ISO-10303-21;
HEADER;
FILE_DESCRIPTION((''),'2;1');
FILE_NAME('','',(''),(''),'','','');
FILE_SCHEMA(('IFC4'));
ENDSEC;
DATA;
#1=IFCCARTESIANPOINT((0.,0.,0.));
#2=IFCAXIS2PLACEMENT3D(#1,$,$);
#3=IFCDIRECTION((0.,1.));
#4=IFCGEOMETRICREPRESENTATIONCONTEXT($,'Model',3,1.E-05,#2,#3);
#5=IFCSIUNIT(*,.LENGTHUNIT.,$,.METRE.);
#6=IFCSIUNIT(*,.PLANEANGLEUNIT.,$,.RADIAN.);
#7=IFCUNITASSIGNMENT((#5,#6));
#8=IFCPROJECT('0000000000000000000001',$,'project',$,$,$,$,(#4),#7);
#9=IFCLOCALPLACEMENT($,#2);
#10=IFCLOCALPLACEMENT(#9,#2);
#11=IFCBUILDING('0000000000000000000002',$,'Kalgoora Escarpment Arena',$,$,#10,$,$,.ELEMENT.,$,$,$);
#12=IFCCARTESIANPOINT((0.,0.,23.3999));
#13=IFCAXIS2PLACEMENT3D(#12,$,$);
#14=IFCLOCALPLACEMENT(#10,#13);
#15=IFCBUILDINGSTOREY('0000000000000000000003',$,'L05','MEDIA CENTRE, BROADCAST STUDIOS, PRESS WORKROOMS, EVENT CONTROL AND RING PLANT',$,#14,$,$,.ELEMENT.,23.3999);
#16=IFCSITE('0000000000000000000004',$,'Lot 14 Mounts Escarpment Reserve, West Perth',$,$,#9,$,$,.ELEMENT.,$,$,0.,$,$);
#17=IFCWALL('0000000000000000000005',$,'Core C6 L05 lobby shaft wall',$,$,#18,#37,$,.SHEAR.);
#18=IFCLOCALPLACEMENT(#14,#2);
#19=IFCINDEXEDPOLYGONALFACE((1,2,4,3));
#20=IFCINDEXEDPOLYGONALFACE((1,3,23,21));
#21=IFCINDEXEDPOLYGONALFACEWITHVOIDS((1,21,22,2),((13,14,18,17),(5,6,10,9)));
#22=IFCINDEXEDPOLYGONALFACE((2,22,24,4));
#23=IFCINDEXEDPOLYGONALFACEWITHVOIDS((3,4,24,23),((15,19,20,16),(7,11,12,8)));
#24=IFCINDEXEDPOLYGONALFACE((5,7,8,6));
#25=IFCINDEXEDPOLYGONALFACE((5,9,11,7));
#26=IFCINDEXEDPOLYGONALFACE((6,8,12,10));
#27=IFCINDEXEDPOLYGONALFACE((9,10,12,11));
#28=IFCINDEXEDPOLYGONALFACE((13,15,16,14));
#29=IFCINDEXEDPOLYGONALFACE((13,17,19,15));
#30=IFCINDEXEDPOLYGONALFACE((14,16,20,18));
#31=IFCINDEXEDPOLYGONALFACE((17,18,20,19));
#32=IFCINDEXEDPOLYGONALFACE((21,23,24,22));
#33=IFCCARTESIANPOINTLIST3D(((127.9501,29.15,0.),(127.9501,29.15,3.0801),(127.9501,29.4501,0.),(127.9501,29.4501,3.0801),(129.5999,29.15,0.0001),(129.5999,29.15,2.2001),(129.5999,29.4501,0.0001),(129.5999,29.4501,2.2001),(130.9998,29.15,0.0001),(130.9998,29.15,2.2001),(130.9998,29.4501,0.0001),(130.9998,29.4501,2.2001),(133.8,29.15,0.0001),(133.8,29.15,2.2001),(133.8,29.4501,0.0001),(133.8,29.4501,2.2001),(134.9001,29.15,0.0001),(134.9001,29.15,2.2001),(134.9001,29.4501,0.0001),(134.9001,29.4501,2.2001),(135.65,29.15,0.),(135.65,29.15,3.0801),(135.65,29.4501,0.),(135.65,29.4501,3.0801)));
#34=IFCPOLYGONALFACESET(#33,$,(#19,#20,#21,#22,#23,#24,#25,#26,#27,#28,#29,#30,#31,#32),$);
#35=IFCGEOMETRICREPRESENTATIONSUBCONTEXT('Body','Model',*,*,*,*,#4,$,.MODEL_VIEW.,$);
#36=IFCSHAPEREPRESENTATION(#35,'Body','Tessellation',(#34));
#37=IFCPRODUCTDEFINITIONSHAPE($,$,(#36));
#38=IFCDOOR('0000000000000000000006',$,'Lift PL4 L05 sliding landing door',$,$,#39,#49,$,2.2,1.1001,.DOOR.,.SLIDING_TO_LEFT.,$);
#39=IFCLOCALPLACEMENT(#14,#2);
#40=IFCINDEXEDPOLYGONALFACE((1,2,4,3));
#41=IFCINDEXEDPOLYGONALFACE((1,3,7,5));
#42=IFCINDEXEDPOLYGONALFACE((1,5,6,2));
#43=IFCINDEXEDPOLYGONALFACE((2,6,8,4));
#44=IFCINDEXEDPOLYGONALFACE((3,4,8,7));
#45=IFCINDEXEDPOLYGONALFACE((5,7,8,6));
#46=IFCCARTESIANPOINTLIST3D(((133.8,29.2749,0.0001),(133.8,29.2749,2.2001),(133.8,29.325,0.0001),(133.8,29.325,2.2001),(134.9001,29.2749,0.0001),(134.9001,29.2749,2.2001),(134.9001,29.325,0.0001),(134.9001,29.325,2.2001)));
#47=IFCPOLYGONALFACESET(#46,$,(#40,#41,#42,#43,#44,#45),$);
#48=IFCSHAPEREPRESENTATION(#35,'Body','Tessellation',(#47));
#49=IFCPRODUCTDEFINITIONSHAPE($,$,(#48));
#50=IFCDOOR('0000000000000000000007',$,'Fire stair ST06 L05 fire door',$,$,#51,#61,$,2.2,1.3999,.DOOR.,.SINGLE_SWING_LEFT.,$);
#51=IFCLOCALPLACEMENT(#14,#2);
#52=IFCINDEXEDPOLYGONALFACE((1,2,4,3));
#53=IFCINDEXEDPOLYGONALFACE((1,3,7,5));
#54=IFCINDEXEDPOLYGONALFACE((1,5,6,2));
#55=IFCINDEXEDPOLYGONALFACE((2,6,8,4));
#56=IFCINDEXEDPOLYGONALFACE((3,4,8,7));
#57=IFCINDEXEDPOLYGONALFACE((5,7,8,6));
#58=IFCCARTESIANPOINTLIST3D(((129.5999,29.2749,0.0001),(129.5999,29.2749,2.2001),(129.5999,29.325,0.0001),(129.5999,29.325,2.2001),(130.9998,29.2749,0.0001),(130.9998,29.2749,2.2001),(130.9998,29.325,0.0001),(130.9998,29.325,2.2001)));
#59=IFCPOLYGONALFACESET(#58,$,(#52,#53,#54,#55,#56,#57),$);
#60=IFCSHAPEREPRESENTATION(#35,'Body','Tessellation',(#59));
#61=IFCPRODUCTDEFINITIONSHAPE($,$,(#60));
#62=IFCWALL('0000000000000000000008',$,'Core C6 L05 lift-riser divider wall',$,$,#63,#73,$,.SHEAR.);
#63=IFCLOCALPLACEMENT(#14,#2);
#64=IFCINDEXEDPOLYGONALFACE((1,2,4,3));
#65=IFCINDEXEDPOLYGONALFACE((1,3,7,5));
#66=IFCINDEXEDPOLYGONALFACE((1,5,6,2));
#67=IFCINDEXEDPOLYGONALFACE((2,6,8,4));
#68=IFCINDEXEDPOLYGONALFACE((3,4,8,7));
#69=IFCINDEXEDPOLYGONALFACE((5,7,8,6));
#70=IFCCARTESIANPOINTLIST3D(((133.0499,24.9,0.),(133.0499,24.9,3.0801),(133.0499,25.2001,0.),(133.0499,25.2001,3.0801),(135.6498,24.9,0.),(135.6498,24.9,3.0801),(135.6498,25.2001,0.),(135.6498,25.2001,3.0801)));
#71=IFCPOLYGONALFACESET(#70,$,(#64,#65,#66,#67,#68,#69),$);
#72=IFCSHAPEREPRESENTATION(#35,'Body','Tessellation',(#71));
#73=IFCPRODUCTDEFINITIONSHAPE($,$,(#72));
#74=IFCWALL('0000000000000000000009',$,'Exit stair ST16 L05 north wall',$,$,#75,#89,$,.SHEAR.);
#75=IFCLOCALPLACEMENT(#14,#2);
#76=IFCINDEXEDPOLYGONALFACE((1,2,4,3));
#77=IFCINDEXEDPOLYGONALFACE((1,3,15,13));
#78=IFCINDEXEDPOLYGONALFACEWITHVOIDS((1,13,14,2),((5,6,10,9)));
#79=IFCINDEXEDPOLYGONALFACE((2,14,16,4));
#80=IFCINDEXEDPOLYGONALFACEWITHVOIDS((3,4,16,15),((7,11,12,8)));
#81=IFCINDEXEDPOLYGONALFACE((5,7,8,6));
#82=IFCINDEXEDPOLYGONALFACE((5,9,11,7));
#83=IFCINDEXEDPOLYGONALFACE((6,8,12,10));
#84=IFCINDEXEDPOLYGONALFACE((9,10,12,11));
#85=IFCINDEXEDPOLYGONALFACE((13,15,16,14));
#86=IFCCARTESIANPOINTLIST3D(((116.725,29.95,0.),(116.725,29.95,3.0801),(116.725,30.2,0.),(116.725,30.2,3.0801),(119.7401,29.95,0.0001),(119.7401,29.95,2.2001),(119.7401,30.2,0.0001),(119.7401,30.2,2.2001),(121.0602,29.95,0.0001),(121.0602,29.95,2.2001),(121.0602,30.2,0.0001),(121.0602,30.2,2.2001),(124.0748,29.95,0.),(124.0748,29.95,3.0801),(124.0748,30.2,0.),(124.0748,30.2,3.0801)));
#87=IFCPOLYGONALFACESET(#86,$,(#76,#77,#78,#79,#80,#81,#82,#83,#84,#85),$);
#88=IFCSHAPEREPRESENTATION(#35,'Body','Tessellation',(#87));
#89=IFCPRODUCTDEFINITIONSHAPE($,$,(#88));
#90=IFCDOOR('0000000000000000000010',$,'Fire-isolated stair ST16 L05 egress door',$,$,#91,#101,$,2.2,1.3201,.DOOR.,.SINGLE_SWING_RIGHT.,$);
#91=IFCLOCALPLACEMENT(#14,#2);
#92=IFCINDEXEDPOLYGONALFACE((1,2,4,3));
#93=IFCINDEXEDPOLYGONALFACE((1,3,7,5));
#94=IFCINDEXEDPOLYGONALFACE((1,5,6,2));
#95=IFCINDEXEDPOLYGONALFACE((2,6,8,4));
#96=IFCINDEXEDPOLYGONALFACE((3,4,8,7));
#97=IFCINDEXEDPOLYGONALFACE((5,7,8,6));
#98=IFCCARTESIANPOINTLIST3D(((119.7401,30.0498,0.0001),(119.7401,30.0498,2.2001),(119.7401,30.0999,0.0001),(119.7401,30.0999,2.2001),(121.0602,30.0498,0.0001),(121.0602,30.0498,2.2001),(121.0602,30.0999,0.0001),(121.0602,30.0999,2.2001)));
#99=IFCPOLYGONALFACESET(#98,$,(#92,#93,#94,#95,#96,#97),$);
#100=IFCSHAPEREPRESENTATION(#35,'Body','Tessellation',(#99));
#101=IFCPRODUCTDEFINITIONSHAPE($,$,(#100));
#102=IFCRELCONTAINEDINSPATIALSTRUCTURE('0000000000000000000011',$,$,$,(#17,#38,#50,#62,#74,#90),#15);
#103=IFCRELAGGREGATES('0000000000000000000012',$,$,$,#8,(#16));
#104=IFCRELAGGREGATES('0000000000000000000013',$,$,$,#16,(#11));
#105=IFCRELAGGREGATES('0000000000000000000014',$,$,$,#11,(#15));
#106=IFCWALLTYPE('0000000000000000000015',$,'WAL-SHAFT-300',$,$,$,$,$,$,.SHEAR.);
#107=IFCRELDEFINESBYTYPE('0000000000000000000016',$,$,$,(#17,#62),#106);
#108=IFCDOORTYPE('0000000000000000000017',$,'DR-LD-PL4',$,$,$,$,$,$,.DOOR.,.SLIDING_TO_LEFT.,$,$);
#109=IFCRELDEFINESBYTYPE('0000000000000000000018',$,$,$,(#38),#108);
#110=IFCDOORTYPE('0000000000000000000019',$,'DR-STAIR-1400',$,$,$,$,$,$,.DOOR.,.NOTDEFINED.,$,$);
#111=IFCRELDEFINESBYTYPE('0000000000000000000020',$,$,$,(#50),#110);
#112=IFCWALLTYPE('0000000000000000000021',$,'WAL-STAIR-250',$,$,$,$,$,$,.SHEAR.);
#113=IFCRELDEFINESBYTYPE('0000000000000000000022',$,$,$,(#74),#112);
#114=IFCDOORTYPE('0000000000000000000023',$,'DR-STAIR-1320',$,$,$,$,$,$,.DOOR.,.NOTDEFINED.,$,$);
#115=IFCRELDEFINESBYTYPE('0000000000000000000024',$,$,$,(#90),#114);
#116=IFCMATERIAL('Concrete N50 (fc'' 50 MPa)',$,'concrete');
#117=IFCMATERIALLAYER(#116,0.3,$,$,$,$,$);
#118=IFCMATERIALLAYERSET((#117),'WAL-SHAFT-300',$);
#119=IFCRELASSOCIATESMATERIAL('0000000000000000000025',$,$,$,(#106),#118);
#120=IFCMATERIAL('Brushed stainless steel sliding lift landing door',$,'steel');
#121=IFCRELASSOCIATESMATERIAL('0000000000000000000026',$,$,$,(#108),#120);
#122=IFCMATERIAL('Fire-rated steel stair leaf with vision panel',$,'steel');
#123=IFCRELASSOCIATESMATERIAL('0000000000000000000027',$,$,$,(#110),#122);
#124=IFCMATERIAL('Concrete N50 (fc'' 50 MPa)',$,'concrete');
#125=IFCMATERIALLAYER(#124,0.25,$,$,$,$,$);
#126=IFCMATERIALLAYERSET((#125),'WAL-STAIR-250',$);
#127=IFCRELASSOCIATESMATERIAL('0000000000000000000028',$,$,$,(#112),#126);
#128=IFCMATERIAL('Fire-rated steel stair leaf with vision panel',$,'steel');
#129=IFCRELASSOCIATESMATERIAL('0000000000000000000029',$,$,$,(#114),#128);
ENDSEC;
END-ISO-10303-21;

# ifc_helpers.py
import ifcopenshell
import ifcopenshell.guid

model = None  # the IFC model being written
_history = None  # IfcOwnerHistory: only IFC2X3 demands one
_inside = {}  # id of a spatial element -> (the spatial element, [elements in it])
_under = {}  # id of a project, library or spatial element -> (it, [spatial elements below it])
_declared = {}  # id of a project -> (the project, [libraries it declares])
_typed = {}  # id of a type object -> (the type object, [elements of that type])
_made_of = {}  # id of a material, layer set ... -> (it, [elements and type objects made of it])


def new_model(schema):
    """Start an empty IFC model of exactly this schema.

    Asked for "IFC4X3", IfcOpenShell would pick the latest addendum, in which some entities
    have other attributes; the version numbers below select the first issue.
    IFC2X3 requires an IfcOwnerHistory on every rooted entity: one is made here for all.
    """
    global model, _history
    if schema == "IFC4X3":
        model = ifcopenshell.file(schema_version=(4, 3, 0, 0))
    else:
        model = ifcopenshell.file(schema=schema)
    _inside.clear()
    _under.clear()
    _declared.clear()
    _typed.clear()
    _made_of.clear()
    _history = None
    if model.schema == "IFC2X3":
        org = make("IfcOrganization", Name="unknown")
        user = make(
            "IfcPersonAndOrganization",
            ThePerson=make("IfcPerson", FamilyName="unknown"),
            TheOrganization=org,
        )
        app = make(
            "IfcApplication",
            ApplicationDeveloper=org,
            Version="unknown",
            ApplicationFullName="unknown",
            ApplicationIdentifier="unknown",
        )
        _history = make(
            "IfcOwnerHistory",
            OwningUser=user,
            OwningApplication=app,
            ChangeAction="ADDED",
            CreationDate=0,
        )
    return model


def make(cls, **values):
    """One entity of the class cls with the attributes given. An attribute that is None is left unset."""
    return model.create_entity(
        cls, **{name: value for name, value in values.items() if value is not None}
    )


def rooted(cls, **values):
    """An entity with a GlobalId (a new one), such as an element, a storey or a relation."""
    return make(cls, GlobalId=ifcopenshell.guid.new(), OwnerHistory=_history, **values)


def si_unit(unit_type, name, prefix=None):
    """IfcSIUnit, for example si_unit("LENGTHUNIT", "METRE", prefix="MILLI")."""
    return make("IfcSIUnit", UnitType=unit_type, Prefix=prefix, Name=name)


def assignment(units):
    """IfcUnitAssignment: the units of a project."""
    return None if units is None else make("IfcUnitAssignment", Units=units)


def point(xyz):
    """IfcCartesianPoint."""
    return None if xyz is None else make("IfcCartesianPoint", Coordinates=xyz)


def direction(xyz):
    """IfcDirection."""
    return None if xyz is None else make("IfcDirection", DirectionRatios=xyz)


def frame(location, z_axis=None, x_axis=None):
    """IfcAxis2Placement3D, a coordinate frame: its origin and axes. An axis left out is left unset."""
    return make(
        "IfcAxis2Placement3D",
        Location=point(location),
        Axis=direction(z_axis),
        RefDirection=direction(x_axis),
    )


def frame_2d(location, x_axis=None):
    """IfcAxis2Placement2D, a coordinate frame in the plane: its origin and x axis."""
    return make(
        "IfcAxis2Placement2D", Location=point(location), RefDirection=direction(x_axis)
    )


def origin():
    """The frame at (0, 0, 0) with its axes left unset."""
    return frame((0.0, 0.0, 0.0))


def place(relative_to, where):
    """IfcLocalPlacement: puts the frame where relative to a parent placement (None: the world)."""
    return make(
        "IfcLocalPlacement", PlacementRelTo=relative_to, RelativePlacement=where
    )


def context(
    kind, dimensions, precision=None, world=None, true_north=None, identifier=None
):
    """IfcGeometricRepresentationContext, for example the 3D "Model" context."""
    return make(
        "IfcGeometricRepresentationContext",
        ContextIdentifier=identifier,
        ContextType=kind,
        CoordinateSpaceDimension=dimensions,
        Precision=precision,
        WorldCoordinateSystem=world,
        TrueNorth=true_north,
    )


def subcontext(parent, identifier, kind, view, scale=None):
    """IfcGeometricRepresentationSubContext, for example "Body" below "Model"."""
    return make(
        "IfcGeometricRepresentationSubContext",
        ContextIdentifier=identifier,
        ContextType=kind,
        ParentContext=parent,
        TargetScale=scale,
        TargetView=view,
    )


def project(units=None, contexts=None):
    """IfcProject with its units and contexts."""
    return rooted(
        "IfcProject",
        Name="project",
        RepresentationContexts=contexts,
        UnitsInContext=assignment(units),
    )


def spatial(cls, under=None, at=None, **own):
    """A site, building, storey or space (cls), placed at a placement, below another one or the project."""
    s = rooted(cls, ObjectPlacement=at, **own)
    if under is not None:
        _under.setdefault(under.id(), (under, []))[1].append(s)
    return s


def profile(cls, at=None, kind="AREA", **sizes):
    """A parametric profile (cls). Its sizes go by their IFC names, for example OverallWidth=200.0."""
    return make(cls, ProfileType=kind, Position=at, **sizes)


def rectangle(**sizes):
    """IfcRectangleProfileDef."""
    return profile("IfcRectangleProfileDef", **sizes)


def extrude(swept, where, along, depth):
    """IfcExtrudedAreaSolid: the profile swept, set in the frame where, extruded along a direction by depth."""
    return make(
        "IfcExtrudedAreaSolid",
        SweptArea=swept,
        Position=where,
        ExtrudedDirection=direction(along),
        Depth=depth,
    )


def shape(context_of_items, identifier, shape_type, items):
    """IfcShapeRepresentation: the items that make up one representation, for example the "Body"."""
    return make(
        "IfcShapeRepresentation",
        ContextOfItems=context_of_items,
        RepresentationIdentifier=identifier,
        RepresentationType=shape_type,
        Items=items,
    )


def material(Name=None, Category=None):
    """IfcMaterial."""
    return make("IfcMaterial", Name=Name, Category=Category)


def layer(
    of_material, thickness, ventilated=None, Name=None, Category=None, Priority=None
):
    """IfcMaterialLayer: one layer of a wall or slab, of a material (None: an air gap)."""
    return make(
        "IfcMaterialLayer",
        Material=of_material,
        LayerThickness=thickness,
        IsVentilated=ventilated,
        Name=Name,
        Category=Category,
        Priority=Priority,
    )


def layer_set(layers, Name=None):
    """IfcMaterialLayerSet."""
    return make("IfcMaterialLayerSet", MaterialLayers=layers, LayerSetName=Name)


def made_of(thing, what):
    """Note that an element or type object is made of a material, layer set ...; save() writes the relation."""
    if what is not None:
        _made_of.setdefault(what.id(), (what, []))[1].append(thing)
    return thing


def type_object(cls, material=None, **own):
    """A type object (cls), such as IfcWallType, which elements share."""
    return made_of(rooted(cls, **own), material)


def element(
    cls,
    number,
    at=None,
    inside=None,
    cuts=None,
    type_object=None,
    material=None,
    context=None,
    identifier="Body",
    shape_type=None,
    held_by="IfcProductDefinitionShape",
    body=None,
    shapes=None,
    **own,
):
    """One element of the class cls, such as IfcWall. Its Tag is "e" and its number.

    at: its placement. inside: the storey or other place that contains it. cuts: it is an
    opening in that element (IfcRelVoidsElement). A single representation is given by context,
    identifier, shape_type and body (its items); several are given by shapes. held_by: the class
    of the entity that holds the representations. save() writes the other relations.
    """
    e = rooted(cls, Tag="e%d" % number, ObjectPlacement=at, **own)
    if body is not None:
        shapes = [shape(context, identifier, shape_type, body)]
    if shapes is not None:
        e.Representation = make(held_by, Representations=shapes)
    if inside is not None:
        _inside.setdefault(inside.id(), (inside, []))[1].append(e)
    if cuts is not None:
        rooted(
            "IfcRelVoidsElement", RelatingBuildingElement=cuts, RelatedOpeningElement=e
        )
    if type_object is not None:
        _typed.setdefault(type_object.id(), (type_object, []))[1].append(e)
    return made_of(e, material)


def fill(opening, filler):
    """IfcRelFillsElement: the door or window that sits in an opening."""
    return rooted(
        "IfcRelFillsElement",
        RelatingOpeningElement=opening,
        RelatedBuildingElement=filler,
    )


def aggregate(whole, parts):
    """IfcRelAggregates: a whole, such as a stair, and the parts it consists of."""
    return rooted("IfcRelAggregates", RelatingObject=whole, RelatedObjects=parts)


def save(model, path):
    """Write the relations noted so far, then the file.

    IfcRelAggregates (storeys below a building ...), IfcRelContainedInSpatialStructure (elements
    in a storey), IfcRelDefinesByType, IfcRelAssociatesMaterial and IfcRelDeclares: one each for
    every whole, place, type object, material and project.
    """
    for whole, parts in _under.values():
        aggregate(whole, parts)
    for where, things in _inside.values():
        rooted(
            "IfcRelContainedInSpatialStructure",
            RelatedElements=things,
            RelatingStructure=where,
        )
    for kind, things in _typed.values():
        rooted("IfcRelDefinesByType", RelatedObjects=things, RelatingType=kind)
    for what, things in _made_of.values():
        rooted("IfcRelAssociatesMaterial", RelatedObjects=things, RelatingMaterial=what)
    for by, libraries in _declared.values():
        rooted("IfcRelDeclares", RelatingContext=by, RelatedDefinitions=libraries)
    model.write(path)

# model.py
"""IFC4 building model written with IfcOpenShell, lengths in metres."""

from ifc_helpers import new_model, si_unit, direction, frame, frame_2d, origin, place, context, subcontext, project, spatial, rectangle, extrude, material, layer, layer_set, type_object, element, fill, save


model = new_model("IFC4")

# Units and contexts
model_context = context("Model", 3, precision=1e-05, world=origin(), true_north=direction((0.0, 1.0)))
body_context = subcontext(model_context, "Body", "Model", "MODEL_VIEW")
ifc_project = project(units=[si_unit("LENGTHUNIT", "METRE"), si_unit("PLANEANGLEUNIT", "RADIAN")], contexts=[model_context])

# Site, building, storey
site_placement = place(None, origin())
site = spatial("IfcSite", under=ifc_project, at=site_placement, Name="Lot 14 Mounts Escarpment Reserve, West Perth", CompositionType="ELEMENT", RefElevation=0.0)
building_placement = place(site_placement, origin())
building = spatial("IfcBuilding", under=site, at=building_placement, Name="Kalgoora Escarpment Arena", CompositionType="ELEMENT")
storey_placement = place(building_placement, frame((0.0, 0.0, 23.3999)))
storey = spatial("IfcBuildingStorey", under=building, at=storey_placement, Name="L05", Description="MEDIA CENTRE, BROADCAST STUDIOS, PRESS WORKROOMS, EVENT CONTROL AND RING PLANT", CompositionType="ELEMENT", Elevation=23.3999)

# Wall, openings, doors
ifc_material_1 = material(Name="Concrete N50 (fc' 50 MPa)", Category="concrete")
ifc_layer_1 = layer(ifc_material_1, 0.3)
ifc_layer_set_1 = layer_set([ifc_layer_1], Name="WAL-SHAFT-300")
wall_type_1 = type_object("IfcWallType", Name="WAL-SHAFT-300", PredefinedType="SHEAR", material=ifc_layer_set_1)
wall_1_placement = place(storey_placement, frame((127.95, 29.3, 0.0), z_axis=(0.0, 0.0, 1.0), x_axis=(1.0, 0.0, 0.0)))
wall_1 = element("IfcWall", 1, at=wall_1_placement, inside=storey, type_object=wall_type_1, Name="Core C6 L05 lobby shaft wall", PredefinedType="SHEAR", context=body_context, shape_type="SweptSolid", body=[
    extrude(rectangle(XDim=7.7, YDim=0.3, at=frame_2d((3.8501, 0.0))), origin(), (0.0, 0.0, 1.0), 3.0801),
])
opening_1_placement = place(wall_1_placement, frame((1.6499, 0.0, 0.0)))
opening_1 = element("IfcOpeningElement", 2, at=opening_1_placement, cuts=wall_1, PredefinedType="OPENING", context=body_context, shape_type="SweptSolid", body=[
    extrude(rectangle(XDim=1.3999, YDim=2.2, at=frame_2d((0.7, 1.1001))), frame((0.0, 0.1599, 0.0), z_axis=(0.0, -1.0, 0.0), x_axis=(1.0, 0.0, 0.0)), (0.0, 0.0, 1.0), 0.3201),
])
opening_2_placement = place(wall_1_placement, frame((5.8501, 0.0, 0.0)))
opening_2 = element("IfcOpeningElement", 3, at=opening_2_placement, cuts=wall_1, PredefinedType="OPENING", context=body_context, shape_type="SweptSolid", body=[
    extrude(rectangle(XDim=1.1001, YDim=2.2, at=frame_2d((0.55, 1.1001))), frame((0.0, 0.1599, 0.0), z_axis=(0.0, -1.0, 0.0), x_axis=(1.0, 0.0, 0.0)), (0.0, 0.0, 1.0), 0.3201),
])
ifc_material_2 = material(Name="Brushed stainless steel sliding lift landing door", Category="steel")
door_type_1 = type_object("IfcDoorType", Name="DR-LD-PL4", OperationType="SLIDING_TO_LEFT", PredefinedType="DOOR", material=ifc_material_2)
door_1_placement = place(opening_2_placement, origin())
door_1 = element("IfcDoor", 4, at=door_1_placement, inside=storey, type_object=door_type_1, Name="Lift PL4 L05 sliding landing door", OperationType="SLIDING_TO_LEFT", OverallHeight=2.2, OverallWidth=1.1001, PredefinedType="DOOR", context=body_context, shape_type="SweptSolid", body=[
    extrude(rectangle(XDim=1.1001, YDim=2.2, at=frame_2d((0.55, 1.1001))), frame((0.0, 0.0249, 0.0), z_axis=(0.0, -1.0, 0.0), x_axis=(1.0, 0.0, 0.0)), (0.0, 0.0, 1.0), 0.05),
])
fill(opening_2, door_1)
ifc_material_3 = material(Name="Fire-rated steel stair leaf with vision panel", Category="steel")
door_type_2 = type_object("IfcDoorType", Name="DR-STAIR-1400", OperationType="NOTDEFINED", PredefinedType="DOOR", material=ifc_material_3)
door_2_placement = place(opening_1_placement, origin())
door_2 = element("IfcDoor", 5, at=door_2_placement, inside=storey, type_object=door_type_2, Name="Fire stair ST06 L05 fire door", OperationType="SINGLE_SWING_LEFT", OverallHeight=2.2, OverallWidth=1.3999, PredefinedType="DOOR", context=body_context, shape_type="SweptSolid", body=[
    extrude(rectangle(XDim=1.3999, YDim=2.2, at=frame_2d((0.7, 1.1001))), frame((0.0, 0.0249, 0.0), z_axis=(0.0, -1.0, 0.0), x_axis=(1.0, 0.0, 0.0)), (0.0, 0.0, 1.0), 0.05),
])
fill(opening_1, door_2)

# Wall
wall_2_placement = place(storey_placement, frame((133.05, 25.05, 0.0), z_axis=(0.0, 0.0, 1.0), x_axis=(1.0, 0.0, 0.0)))
element("IfcWall", 6, at=wall_2_placement, inside=storey, type_object=wall_type_1, Name="Core C6 L05 lift-riser divider wall", PredefinedType="SHEAR", context=body_context, shape_type="SweptSolid", body=[
    extrude(rectangle(XDim=2.5999, YDim=0.3, at=frame_2d((1.2998, 0.0))), origin(), (0.0, 0.0, 1.0), 3.0801),
])

# Wall, opening, door
ifc_material_4 = material(Name="Concrete N50 (fc' 50 MPa)", Category="concrete")
ifc_layer_2 = layer(ifc_material_4, 0.25)
ifc_layer_set_2 = layer_set([ifc_layer_2], Name="WAL-STAIR-250")
wall_type_2 = type_object("IfcWallType", Name="WAL-STAIR-250", PredefinedType="SHEAR", material=ifc_layer_set_2)
wall_3_placement = place(storey_placement, frame((116.7251, 30.075, 0.0), z_axis=(0.0, 0.0, 1.0), x_axis=(1.0, 0.0, 0.0)))
wall_3 = element("IfcWall", 7, at=wall_3_placement, inside=storey, type_object=wall_type_2, Name="Exit stair ST16 L05 north wall", PredefinedType="SHEAR", context=body_context, shape_type="SweptSolid", body=[
    extrude(rectangle(XDim=7.3499, YDim=0.25, at=frame_2d((3.6748, 0.0))), origin(), (0.0, 0.0, 1.0), 3.0801),
])
opening_3_placement = place(wall_3_placement, frame((3.0149, 0.0, 0.0)))
opening_3 = element("IfcOpeningElement", 8, at=opening_3_placement, cuts=wall_3, PredefinedType="OPENING", context=body_context, shape_type="SweptSolid", body=[
    extrude(rectangle(XDim=1.3201, YDim=2.2, at=frame_2d((0.6602, 1.1001))), frame((0.0, 0.135, 0.0), z_axis=(0.0, -1.0, 0.0), x_axis=(1.0, 0.0, 0.0)), (0.0, 0.0, 1.0), 0.27),
])
ifc_material_5 = material(Name="Fire-rated steel stair leaf with vision panel", Category="steel")
door_type_3 = type_object("IfcDoorType", Name="DR-STAIR-1320", OperationType="NOTDEFINED", PredefinedType="DOOR", material=ifc_material_5)
door_3_placement = place(opening_3_placement, origin())
door_3 = element("IfcDoor", 9, at=door_3_placement, inside=storey, type_object=door_type_3, Name="Fire-isolated stair ST16 L05 egress door", OperationType="SINGLE_SWING_RIGHT", OverallHeight=2.2, OverallWidth=1.3201, PredefinedType="DOOR", context=body_context, shape_type="SweptSolid", body=[
    extrude(rectangle(XDim=1.3201, YDim=2.2, at=frame_2d((0.6602, 1.1001))), frame((0.0, 0.0249, 0.0), z_axis=(0.0, -1.0, 0.0), x_axis=(1.0, 0.0, 0.0)), (0.0, 0.0, 1.0), 0.05),
])
fill(opening_3, door_3)

save(model, "model.ifc")
